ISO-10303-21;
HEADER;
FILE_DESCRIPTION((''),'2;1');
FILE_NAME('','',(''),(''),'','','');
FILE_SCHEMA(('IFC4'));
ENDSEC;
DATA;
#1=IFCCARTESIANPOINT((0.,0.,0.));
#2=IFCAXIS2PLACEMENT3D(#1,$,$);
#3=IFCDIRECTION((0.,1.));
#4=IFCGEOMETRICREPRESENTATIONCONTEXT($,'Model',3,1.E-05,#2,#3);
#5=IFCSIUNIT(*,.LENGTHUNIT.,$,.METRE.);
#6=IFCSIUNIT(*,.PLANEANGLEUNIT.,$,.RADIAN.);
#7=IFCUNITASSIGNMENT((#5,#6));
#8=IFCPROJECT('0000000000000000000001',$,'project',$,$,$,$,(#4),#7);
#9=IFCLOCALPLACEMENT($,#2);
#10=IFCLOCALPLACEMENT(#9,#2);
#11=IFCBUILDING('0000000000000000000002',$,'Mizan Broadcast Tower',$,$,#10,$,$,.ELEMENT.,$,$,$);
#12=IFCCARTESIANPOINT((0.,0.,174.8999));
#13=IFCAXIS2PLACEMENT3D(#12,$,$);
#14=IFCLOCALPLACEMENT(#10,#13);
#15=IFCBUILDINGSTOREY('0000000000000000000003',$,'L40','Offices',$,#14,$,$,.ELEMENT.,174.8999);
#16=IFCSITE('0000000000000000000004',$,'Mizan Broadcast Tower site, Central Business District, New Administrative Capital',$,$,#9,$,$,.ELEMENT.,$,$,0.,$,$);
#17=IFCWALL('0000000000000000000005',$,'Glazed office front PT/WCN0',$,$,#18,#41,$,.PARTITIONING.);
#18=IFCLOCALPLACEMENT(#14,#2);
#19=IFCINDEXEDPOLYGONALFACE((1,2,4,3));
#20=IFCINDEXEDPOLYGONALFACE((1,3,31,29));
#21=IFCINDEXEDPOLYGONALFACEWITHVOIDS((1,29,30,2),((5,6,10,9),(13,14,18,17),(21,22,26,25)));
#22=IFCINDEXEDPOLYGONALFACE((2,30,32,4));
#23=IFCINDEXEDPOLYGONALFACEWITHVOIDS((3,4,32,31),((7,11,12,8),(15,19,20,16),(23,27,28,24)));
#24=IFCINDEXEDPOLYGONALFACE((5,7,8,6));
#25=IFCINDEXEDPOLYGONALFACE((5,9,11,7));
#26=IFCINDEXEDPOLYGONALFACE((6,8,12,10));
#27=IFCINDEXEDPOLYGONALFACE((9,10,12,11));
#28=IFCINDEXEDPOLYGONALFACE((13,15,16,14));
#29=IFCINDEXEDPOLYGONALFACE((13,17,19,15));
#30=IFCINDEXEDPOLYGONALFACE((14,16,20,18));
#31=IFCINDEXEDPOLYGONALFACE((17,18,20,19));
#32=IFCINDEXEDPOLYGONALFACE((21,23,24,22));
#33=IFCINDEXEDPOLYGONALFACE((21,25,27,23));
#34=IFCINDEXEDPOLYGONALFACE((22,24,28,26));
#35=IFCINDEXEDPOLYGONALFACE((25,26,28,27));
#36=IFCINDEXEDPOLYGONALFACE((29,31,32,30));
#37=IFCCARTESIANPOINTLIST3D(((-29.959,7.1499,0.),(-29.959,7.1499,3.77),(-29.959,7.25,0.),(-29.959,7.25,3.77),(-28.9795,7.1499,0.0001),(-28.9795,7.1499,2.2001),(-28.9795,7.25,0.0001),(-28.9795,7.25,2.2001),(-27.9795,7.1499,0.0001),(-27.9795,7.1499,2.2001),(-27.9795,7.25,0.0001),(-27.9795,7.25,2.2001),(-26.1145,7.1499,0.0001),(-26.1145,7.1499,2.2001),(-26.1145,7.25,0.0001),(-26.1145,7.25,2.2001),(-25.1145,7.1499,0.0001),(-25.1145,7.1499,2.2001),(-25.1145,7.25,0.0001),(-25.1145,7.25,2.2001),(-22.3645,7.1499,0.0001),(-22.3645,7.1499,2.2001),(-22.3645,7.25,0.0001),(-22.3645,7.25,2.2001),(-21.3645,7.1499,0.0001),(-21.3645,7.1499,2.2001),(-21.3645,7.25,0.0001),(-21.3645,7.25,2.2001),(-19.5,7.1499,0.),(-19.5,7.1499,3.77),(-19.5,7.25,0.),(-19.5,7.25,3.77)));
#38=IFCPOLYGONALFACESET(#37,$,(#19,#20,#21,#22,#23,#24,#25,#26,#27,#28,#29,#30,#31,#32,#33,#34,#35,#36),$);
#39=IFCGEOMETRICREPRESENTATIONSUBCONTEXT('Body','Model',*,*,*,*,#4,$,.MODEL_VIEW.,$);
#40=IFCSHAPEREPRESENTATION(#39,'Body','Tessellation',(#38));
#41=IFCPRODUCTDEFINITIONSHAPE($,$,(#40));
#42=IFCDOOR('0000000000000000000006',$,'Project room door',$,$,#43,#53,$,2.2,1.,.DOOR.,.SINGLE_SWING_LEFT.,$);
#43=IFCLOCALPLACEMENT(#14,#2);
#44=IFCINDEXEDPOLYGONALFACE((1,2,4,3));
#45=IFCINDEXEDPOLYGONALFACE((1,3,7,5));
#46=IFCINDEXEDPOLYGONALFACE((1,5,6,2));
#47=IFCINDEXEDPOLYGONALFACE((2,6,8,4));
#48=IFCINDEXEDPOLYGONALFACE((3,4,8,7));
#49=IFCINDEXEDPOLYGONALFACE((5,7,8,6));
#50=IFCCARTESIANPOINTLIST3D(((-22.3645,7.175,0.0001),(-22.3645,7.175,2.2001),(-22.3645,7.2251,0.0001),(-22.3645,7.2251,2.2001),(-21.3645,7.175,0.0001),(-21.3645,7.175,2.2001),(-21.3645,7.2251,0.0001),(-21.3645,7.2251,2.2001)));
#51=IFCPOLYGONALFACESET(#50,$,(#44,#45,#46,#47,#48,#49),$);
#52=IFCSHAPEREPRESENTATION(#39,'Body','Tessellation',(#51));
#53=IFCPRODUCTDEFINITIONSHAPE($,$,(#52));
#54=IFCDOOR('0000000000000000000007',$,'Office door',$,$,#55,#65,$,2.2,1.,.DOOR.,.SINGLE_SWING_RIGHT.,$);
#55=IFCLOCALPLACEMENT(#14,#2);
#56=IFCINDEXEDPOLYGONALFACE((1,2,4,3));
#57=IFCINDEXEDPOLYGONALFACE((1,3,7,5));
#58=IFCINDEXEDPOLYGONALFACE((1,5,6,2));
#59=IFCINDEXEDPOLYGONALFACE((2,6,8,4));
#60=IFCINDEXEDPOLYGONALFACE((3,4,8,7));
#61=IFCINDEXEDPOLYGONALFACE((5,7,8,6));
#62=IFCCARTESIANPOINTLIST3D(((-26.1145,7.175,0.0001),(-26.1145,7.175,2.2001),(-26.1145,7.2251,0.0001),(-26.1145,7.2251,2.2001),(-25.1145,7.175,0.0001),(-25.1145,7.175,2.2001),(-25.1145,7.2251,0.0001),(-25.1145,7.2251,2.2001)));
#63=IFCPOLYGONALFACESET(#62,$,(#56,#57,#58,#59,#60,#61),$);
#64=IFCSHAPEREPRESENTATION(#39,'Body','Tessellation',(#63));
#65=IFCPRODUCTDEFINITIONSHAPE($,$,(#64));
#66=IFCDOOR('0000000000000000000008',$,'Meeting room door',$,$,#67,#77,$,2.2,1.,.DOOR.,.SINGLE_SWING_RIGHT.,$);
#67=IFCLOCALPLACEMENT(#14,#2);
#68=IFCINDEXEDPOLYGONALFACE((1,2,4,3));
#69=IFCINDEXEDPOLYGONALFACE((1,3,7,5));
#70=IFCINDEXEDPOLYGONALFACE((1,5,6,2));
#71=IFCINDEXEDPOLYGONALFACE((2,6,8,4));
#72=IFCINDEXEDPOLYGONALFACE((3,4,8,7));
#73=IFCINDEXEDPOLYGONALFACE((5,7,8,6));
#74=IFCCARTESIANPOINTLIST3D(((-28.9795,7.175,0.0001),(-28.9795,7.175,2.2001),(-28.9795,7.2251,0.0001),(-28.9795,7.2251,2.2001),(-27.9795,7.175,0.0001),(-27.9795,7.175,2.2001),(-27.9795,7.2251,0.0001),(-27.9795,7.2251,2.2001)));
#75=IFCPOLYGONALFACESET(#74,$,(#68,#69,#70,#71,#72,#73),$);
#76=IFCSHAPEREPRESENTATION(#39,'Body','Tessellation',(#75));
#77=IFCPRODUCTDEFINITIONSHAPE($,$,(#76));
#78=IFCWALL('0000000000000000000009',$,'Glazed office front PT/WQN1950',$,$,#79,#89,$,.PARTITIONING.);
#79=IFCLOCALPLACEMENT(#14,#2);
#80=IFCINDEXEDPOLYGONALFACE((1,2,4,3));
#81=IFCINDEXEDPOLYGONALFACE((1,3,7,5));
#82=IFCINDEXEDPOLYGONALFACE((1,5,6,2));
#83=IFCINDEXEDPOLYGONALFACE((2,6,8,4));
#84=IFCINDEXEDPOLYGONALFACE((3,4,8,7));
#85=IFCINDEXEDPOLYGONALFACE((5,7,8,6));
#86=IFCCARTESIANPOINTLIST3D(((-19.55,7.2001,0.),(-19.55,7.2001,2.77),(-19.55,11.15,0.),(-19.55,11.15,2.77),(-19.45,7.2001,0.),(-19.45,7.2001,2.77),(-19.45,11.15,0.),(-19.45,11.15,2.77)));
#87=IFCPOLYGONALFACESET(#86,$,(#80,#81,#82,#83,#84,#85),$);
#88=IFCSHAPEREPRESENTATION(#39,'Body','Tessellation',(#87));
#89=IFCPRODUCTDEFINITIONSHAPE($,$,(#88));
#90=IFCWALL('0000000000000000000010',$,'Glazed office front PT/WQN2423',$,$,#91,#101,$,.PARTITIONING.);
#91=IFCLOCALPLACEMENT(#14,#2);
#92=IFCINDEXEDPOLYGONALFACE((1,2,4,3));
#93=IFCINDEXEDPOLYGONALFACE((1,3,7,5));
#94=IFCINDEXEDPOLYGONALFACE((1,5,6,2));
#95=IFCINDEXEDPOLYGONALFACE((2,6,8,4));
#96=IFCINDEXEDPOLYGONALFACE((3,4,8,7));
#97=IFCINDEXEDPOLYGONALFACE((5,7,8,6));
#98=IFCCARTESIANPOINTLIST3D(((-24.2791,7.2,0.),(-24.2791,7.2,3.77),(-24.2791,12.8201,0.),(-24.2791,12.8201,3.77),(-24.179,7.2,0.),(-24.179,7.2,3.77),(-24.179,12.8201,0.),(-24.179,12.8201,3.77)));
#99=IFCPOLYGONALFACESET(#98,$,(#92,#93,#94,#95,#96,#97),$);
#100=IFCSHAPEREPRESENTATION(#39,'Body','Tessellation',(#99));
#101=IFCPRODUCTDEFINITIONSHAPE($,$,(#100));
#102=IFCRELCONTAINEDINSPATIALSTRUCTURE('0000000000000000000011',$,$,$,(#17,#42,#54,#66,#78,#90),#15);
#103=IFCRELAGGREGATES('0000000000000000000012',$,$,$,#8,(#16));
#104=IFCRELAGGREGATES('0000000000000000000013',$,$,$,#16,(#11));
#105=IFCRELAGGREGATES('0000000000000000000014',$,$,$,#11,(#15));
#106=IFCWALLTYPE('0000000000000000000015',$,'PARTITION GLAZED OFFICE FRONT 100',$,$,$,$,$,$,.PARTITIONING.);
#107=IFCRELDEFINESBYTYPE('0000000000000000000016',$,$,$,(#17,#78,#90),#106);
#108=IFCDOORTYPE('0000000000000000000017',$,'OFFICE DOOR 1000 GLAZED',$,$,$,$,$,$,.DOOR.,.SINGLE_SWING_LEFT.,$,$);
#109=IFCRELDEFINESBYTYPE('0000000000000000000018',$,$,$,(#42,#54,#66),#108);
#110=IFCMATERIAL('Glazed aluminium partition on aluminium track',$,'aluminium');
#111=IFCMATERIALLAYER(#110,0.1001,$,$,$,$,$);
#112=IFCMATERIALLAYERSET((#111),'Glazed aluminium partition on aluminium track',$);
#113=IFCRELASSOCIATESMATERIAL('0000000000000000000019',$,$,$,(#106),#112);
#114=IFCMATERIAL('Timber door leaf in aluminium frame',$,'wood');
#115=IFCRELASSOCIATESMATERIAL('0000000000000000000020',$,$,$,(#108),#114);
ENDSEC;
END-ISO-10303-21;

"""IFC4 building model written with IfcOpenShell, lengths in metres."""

from ifc_helpers import new_model, si_unit, direction, frame, frame_2d, origin, place, context, subcontext, project, spatial, rectangle, extrude, material, layer, layer_set, type_object, element, fill, save


model = new_model("IFC4")

# Units and contexts
model_context = context("Model", 3, precision=1e-05, world=origin(), true_north=direction((0.0, 1.0)))
body_context = subcontext(model_context, "Body", "Model", "MODEL_VIEW")
ifc_project = project(units=[si_unit("LENGTHUNIT", "METRE"), si_unit("PLANEANGLEUNIT", "RADIAN")], contexts=[model_context])

# Site, building, storey
site_placement = place(None, origin())
site = spatial("IfcSite", under=ifc_project, at=site_placement, Name="Mizan Broadcast Tower site, Central Business District, New Administrative Capital", CompositionType="ELEMENT", RefElevation=0.0)
building_placement = place(site_placement, origin())
building = spatial("IfcBuilding", under=site, at=building_placement, Name="Mizan Broadcast Tower", CompositionType="ELEMENT")
storey_placement = place(building_placement, frame((0.0, 0.0, 174.8999)))
storey = spatial("IfcBuildingStorey", under=building, at=storey_placement, Name="L40", Description="Offices", CompositionType="ELEMENT", Elevation=174.8999)

# Wall, openings, doors
ifc_material_1 = material(Name="Glazed aluminium partition on aluminium track", Category="aluminium")
ifc_layer_1 = layer(ifc_material_1, 0.1001)
ifc_layer_set_1 = layer_set([ifc_layer_1], Name="Glazed aluminium partition on aluminium track")
wall_type = type_object("IfcWallType", Name="PARTITION GLAZED OFFICE FRONT 100", PredefinedType="PARTITIONING", material=ifc_layer_set_1)
wall_1_placement = place(storey_placement, frame((-19.5, 7.2, 0.0), z_axis=(0.0, 0.0, 1.0), x_axis=(-1.0, 0.0, 0.0)))
wall_1 = element("IfcWall", 1, at=wall_1_placement, inside=storey, type_object=wall_type, Name="Glazed office front PT/WCN0", PredefinedType="PARTITIONING", context=body_context, shape_type="SweptSolid", body=[
    extrude(rectangle(XDim=10.459, YDim=0.1001, at=frame_2d((5.2295, 0.0))), origin(), (0.0, 0.0, 1.0), 3.77),
])
opening_1_placement = place(wall_1_placement, frame((1.8645, 0.0, 0.0)))
opening_1 = element("IfcOpeningElement", 2, at=opening_1_placement, cuts=wall_1, PredefinedType="OPENING", context=body_context, shape_type="SweptSolid", body=[
    extrude(rectangle(XDim=1.0, YDim=2.2, at=frame_2d((0.5, 1.1001))), frame((0.0, 0.0601, 0.0), z_axis=(0.0, -1.0, 0.0), x_axis=(1.0, 0.0, 0.0)), (0.0, 0.0, 1.0), 0.1201),
])
opening_2_placement = place(wall_1_placement, frame((5.6145, 0.0, 0.0)))
opening_2 = element("IfcOpeningElement", 3, at=opening_2_placement, cuts=wall_1, PredefinedType="OPENING", context=body_context, shape_type="SweptSolid", body=[
    extrude(rectangle(XDim=1.0, YDim=2.2, at=frame_2d((0.5, 1.1001))), frame((0.0, 0.0601, 0.0), z_axis=(0.0, -1.0, 0.0), x_axis=(1.0, 0.0, 0.0)), (0.0, 0.0, 1.0), 0.1201),
])
opening_3_placement = place(wall_1_placement, frame((8.4795, 0.0, 0.0)))
opening_3 = element("IfcOpeningElement", 4, at=opening_3_placement, cuts=wall_1, PredefinedType="OPENING", context=body_context, shape_type="SweptSolid", body=[
    extrude(rectangle(XDim=1.0, YDim=2.2, at=frame_2d((0.5, 1.1001))), frame((0.0, 0.0601, 0.0), z_axis=(0.0, -1.0, 0.0), x_axis=(1.0, 0.0, 0.0)), (0.0, 0.0, 1.0), 0.1201),
])
ifc_material_2 = material(Name="Timber door leaf in aluminium frame", Category="wood")
door_type = type_object("IfcDoorType", Name="OFFICE DOOR 1000 GLAZED", OperationType="SINGLE_SWING_LEFT", PredefinedType="DOOR", material=ifc_material_2)
door_1_placement = place(opening_1_placement, origin())
door_1 = element("IfcDoor", 5, at=door_1_placement, inside=storey, type_object=door_type, Name="Project room door", OperationType="SINGLE_SWING_LEFT", OverallHeight=2.2, OverallWidth=1.0, PredefinedType="DOOR", context=body_context, shape_type="SweptSolid", body=[
    extrude(rectangle(XDim=1.0, YDim=2.2, at=frame_2d((0.5, 1.1001))), frame((0.0, 0.0249, 0.0), z_axis=(0.0, -1.0, 0.0), x_axis=(1.0, 0.0, 0.0)), (0.0, 0.0, 1.0), 0.05),
])
fill(opening_1, door_1)
door_2_placement = place(opening_2_placement, origin())
door_2 = element("IfcDoor", 6, at=door_2_placement, inside=storey, type_object=door_type, Name="Office door", OperationType="SINGLE_SWING_RIGHT", OverallHeight=2.2, OverallWidth=1.0, PredefinedType="DOOR", context=body_context, shape_type="SweptSolid", body=[
    extrude(rectangle(XDim=1.0, YDim=2.2, at=frame_2d((0.5, 1.1001))), frame((0.0, 0.0249, 0.0), z_axis=(0.0, -1.0, 0.0), x_axis=(1.0, 0.0, 0.0)), (0.0, 0.0, 1.0), 0.05),
])
fill(opening_2, door_2)
door_3_placement = place(opening_3_placement, origin())
door_3 = element("IfcDoor", 7, at=door_3_placement, inside=storey, type_object=door_type, Name="Meeting room door", OperationType="SINGLE_SWING_RIGHT", OverallHeight=2.2, OverallWidth=1.0, PredefinedType="DOOR", context=body_context, shape_type="SweptSolid", body=[
    extrude(rectangle(XDim=1.0, YDim=2.2, at=frame_2d((0.5, 1.1001))), frame((0.0, 0.0249, 0.0), z_axis=(0.0, -1.0, 0.0), x_axis=(1.0, 0.0, 0.0)), (0.0, 0.0, 1.0), 0.05),
])
fill(opening_3, door_3)

# Walls
wall_2_placement = place(storey_placement, frame((-19.5, 7.2, 0.0), z_axis=(0.0, 0.0, 1.0), x_axis=(0.0, 1.0, 0.0)))
element("IfcWall", 8, at=wall_2_placement, inside=storey, type_object=wall_type, Name="Glazed office front PT/WQN1950", PredefinedType="PARTITIONING", context=body_context, shape_type="SweptSolid", body=[
    extrude(rectangle(XDim=3.95, YDim=0.1001, at=frame_2d((1.9751, 0.0))), origin(), (0.0, 0.0, 1.0), 2.77),
])
wall_3_placement = place(storey_placement, frame((-24.229, 7.2, 0.0), z_axis=(0.0, 0.0, 1.0), x_axis=(0.0, 1.0, 0.0)))
element("IfcWall", 9, at=wall_3_placement, inside=storey, type_object=wall_type, Name="Glazed office front PT/WQN2423", PredefinedType="PARTITIONING", context=body_context, shape_type="SweptSolid", body=[
    extrude(rectangle(XDim=5.6201, YDim=0.1001, at=frame_2d((2.8101, 0.0))), origin(), (0.0, 0.0, 1.0), 3.77),
])

save(model, "model.ifc")
